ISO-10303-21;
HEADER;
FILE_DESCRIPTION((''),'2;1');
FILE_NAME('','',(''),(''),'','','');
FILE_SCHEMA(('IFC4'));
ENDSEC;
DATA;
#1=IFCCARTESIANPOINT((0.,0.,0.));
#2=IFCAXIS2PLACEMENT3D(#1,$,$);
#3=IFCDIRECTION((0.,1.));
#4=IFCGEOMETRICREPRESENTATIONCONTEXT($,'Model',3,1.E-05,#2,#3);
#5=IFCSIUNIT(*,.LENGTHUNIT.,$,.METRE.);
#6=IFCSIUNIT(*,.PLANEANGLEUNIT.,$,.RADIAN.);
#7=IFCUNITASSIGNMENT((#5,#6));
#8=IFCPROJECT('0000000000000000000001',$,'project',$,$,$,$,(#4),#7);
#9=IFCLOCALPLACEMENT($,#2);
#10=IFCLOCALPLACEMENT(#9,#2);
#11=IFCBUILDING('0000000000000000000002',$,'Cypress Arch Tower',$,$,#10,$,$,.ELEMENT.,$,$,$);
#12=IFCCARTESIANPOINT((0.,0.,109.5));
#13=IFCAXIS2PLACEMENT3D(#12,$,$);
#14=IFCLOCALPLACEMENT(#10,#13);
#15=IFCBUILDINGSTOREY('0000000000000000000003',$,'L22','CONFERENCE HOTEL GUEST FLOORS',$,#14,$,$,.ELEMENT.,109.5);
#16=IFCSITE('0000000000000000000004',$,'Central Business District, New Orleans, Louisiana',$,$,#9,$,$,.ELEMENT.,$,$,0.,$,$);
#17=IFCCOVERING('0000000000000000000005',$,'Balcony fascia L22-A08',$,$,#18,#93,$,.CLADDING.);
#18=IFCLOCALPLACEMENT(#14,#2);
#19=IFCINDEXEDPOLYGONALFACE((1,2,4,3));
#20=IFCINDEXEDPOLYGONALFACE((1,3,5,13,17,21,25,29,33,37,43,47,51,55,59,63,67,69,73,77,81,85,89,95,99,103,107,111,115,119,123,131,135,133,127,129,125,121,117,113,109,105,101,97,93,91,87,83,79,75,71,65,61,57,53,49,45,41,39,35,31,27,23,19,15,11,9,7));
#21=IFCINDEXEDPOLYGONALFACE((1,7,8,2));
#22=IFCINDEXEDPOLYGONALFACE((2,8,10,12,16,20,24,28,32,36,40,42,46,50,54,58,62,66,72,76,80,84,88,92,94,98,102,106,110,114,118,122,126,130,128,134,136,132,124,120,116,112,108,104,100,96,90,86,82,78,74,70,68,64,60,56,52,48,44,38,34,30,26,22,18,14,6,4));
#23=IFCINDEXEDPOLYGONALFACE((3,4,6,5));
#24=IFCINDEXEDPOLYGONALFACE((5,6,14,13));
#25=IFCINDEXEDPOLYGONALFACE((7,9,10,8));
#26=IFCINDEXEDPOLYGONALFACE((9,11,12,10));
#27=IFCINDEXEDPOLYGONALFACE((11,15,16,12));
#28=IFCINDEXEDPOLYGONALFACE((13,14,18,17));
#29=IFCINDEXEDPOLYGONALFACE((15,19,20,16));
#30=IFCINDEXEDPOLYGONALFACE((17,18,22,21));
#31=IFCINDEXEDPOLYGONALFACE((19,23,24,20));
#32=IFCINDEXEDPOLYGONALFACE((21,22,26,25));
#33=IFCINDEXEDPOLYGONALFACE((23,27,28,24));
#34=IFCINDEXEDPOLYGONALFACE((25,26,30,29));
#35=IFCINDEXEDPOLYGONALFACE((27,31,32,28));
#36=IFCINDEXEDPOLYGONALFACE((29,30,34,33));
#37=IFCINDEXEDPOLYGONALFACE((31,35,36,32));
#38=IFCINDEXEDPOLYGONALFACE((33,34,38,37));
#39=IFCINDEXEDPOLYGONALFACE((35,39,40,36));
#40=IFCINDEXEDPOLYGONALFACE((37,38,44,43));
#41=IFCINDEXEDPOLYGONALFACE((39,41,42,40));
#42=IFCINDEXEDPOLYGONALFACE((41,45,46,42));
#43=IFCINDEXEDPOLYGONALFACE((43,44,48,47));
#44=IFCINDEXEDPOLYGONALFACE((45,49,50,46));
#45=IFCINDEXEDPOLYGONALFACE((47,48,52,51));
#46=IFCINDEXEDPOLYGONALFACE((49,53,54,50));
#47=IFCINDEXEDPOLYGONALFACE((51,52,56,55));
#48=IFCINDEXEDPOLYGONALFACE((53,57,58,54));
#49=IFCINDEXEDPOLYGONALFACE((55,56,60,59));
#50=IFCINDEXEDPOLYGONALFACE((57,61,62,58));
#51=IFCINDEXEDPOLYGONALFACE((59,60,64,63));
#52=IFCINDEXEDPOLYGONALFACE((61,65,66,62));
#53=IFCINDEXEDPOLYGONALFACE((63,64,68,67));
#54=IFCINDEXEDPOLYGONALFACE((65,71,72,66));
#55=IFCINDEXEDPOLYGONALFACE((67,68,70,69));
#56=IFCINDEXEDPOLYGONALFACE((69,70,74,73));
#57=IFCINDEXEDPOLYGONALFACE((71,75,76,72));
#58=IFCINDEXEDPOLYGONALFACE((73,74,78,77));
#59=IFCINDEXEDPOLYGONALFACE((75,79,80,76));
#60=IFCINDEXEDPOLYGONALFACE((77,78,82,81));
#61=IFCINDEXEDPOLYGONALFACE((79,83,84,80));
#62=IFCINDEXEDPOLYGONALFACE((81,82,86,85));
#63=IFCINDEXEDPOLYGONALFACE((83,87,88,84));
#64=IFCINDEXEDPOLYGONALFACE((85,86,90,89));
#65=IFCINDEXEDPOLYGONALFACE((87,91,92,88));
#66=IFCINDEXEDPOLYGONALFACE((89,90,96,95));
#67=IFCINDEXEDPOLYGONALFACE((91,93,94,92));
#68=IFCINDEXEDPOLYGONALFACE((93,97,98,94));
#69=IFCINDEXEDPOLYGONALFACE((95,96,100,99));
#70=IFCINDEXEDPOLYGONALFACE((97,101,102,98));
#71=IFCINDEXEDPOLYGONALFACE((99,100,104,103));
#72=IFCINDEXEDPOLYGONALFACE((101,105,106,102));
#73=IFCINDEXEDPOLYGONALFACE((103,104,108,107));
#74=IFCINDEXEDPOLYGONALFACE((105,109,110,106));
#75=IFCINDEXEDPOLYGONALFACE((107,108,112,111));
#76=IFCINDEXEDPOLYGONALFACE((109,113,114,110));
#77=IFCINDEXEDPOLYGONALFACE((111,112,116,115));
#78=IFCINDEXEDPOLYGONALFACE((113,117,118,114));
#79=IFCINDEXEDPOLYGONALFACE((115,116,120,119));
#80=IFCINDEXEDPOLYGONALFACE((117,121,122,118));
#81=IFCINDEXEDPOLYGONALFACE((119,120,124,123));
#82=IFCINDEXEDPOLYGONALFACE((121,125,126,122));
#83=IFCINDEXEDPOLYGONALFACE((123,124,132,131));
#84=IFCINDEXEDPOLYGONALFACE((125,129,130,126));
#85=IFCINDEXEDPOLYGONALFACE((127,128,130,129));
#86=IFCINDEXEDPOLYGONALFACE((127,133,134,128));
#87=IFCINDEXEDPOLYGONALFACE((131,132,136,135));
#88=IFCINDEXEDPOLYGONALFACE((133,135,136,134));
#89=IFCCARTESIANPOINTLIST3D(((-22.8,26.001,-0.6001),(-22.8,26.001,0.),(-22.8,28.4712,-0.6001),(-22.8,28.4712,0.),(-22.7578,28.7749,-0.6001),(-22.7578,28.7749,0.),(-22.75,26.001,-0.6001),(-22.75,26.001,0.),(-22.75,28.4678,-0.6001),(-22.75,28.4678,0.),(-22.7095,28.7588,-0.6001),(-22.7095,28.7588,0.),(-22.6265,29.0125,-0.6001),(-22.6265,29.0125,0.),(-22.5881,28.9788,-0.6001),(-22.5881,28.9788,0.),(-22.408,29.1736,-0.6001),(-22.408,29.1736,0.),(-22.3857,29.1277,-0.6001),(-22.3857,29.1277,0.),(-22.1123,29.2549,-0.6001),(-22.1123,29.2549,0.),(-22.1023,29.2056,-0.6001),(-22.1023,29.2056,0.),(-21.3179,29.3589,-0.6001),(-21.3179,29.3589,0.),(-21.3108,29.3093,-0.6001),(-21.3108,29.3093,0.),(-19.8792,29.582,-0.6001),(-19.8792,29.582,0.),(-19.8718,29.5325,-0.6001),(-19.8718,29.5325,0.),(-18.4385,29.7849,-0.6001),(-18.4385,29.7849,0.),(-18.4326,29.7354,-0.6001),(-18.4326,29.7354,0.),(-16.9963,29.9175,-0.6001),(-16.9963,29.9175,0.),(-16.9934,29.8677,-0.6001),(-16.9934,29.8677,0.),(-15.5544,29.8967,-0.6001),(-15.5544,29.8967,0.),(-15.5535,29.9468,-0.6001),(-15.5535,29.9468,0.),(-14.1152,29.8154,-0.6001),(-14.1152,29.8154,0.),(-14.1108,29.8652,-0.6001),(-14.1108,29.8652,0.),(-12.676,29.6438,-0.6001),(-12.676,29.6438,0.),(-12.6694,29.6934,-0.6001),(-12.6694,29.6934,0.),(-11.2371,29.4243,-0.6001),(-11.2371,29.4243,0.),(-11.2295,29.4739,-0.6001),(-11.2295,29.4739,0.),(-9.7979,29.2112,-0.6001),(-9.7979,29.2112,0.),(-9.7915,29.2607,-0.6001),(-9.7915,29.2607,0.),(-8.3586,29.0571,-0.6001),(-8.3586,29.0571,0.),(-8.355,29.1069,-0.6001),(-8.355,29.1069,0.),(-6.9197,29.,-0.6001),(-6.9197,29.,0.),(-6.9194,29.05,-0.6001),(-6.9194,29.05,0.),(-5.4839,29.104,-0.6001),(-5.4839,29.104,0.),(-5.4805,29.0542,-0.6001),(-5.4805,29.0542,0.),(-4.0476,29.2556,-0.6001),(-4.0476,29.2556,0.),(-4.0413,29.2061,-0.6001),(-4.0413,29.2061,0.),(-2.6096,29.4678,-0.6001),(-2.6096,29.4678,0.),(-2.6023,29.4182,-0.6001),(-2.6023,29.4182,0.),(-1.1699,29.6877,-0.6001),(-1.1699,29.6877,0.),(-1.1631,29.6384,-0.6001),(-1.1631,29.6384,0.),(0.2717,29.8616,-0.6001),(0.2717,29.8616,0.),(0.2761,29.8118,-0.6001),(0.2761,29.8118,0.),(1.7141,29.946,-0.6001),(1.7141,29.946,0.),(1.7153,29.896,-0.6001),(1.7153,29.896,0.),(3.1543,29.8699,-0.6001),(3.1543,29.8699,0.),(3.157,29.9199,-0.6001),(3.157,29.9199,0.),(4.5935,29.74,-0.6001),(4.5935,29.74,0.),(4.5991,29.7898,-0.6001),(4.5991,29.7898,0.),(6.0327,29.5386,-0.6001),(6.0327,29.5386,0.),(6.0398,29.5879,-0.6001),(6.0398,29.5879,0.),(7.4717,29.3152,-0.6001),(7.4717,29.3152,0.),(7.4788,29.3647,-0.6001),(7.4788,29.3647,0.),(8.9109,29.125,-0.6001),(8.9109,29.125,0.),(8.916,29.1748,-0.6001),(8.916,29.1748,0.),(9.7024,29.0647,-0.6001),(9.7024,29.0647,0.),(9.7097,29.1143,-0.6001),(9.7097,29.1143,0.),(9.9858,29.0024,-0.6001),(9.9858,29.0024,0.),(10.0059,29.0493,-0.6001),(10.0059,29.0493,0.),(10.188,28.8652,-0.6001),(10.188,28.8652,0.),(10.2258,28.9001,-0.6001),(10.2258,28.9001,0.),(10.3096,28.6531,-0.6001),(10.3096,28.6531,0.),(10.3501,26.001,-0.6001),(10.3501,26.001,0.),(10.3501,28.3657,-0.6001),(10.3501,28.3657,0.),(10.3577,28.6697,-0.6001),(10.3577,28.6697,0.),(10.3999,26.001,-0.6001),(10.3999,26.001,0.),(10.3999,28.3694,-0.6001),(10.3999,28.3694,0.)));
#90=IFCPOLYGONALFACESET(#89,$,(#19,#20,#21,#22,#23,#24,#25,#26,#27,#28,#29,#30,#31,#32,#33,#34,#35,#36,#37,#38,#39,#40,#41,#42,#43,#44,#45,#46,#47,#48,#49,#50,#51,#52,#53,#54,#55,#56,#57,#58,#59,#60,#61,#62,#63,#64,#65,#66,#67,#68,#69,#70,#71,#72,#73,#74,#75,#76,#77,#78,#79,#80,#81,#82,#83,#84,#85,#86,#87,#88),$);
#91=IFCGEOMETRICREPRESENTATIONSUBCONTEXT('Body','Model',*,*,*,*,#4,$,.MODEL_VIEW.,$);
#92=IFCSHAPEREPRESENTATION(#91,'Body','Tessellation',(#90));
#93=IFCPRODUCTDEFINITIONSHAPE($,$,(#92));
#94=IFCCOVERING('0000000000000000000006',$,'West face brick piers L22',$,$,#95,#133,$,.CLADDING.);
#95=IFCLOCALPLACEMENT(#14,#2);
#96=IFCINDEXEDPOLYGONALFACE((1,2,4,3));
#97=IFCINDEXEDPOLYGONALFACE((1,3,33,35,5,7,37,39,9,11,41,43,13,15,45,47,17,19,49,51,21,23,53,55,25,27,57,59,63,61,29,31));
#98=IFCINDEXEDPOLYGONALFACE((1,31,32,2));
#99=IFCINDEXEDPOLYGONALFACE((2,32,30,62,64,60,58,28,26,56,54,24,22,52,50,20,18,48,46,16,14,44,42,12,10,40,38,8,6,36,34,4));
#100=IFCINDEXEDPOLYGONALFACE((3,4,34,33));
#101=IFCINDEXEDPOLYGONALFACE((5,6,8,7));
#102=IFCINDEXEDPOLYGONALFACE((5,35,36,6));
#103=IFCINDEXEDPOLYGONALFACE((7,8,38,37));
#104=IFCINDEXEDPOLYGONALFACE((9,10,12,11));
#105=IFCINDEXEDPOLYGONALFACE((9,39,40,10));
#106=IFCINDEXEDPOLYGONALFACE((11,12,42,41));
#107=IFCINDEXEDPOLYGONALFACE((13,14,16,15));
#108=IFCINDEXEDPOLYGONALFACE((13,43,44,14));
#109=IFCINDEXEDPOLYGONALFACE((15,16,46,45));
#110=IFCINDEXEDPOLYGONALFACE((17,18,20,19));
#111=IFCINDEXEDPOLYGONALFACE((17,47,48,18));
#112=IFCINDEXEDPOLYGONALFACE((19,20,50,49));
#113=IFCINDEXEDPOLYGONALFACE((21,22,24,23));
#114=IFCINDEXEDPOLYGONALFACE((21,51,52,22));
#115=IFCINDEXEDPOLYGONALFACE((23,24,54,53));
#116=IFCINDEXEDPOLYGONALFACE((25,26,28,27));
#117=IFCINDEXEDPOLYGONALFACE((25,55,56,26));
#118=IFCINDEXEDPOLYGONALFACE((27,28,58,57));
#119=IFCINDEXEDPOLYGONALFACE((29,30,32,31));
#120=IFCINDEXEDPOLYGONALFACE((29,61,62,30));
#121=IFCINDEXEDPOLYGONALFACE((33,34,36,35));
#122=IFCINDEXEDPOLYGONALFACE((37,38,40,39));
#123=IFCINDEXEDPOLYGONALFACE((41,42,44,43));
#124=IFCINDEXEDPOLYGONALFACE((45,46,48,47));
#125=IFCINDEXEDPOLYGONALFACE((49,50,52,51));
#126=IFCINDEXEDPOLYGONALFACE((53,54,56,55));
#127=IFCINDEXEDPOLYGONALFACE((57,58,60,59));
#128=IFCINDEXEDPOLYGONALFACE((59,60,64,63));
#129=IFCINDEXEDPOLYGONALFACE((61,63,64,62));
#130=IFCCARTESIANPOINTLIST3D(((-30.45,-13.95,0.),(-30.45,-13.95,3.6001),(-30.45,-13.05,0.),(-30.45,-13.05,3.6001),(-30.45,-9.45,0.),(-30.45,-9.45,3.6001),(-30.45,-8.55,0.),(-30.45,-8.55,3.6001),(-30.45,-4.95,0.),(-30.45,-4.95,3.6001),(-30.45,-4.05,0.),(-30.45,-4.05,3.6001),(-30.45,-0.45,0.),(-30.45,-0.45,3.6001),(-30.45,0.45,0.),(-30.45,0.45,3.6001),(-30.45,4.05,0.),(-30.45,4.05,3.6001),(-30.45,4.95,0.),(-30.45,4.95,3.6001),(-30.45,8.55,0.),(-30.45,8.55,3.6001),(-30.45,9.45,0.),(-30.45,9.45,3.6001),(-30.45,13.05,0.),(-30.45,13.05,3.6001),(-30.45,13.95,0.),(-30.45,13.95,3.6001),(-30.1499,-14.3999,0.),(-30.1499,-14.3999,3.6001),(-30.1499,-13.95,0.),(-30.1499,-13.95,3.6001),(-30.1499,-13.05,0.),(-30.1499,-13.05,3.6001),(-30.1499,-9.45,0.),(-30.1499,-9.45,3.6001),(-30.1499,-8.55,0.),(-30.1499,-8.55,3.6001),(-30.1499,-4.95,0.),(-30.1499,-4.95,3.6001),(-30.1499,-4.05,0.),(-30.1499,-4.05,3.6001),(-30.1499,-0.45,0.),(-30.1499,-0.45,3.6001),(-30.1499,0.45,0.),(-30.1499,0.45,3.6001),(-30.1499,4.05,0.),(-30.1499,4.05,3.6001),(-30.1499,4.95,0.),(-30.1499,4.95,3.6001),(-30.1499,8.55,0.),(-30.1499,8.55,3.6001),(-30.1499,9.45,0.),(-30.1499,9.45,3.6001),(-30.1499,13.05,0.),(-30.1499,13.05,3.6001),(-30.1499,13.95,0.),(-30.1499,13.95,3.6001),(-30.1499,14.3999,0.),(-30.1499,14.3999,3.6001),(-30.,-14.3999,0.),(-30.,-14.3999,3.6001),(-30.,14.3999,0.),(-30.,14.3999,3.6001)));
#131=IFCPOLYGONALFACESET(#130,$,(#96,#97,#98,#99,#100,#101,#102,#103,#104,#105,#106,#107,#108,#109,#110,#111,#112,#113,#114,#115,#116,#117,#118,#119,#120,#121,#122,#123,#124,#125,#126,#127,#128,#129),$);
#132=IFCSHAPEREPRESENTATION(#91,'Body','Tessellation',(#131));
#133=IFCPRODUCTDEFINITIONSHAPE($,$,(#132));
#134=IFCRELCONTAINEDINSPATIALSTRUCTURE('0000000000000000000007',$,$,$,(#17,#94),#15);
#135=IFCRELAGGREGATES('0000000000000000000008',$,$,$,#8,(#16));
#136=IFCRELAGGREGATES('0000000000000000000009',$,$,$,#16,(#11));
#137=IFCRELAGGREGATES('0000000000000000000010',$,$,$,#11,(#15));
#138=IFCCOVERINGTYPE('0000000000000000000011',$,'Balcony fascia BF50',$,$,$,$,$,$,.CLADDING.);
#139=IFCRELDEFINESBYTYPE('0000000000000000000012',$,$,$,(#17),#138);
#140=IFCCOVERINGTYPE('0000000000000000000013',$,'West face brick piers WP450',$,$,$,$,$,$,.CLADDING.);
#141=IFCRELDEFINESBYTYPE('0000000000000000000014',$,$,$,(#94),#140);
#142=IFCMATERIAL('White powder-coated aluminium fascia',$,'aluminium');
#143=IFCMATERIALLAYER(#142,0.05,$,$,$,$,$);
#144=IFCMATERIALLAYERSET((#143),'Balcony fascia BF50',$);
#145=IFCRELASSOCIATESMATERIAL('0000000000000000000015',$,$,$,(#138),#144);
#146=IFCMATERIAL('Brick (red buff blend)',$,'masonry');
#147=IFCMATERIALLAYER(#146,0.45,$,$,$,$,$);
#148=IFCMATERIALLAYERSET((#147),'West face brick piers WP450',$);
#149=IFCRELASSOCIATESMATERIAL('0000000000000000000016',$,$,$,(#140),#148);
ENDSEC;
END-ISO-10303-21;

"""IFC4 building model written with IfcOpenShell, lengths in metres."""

from ifc_helpers import new_model, si_unit, direction, frame, origin, place, context, subcontext, project, spatial, polyline, outline, extrude, material, layer, layer_set, type_object, element, save


model = new_model("IFC4")

# Units and contexts
model_context = context("Model", 3, precision=1e-05, world=origin(), true_north=direction((0.0, 1.0)))
body_context = subcontext(model_context, "Body", "Model", "MODEL_VIEW")
ifc_project = project(units=[si_unit("LENGTHUNIT", "METRE"), si_unit("PLANEANGLEUNIT", "RADIAN")], contexts=[model_context])

# Site, building, storey
site_placement = place(None, origin())
site = spatial("IfcSite", under=ifc_project, at=site_placement, Name="Central Business District, New Orleans, Louisiana", CompositionType="ELEMENT", RefElevation=0.0)
building_placement = place(site_placement, origin())
building = spatial("IfcBuilding", under=site, at=building_placement, Name="Cypress Arch Tower", CompositionType="ELEMENT")
storey_placement = place(building_placement, frame((0.0, 0.0, 109.5)))
storey = spatial("IfcBuildingStorey", under=building, at=storey_placement, Name="L22", Description="CONFERENCE HOTEL GUEST FLOORS", CompositionType="ELEMENT", Elevation=109.5)

# Coverings
ifc_material_1 = material(Name="White powder-coated aluminium fascia", Category="aluminium")
ifc_layer_1 = layer(ifc_material_1, 0.05)
ifc_layer_set_1 = layer_set([ifc_layer_1], Name="Balcony fascia BF50")
covering_type_1 = type_object("IfcCoveringType", Name="Balcony fascia BF50", PredefinedType="CLADDING", material=ifc_layer_set_1)
covering_1_placement = place(storey_placement, frame((0.0, 0.0, -0.6001)))
element("IfcCovering", 1, at=covering_1_placement, inside=storey, type_object=covering_type_1, Name="Balcony fascia L22-A08", PredefinedType="CLADDING", context=body_context, shape_type="SweptSolid", body=[
    extrude(outline(polyline([(-22.8, 28.4712), (-22.7578, 28.7749), (-22.6265, 29.0125), (-22.408, 29.1736), (-22.1123, 29.2549), (-21.3179, 29.3589), (-19.8792, 29.582), (-18.4385, 29.7849), (-16.9963, 29.9175), (-15.5535, 29.9468), (-14.1108, 29.8652), (-12.6694, 29.6934), (-11.2295, 29.4739), (-9.7915, 29.2607), (-8.355, 29.1069), (-6.9194, 29.05), (-5.4839, 29.104), (-4.0476, 29.2556), (-2.6096, 29.4678), (-1.1699, 29.6877), (0.2717, 29.8616), (1.7141, 29.946), (3.157, 29.9199), (4.5991, 29.7898), (6.0398, 29.5879), (7.4788, 29.3647), (8.916, 29.1748), (9.7097, 29.1143), (10.0059, 29.0493), (10.2258, 28.9001), (10.3577, 28.6697), (10.3999, 28.3694), (10.3999, 26.001), (10.3501, 26.001), (10.3501, 28.3657), (10.3096, 28.6531), (10.188, 28.8652), (9.9858, 29.0024), (9.7024, 29.0647), (8.9109, 29.125), (7.4717, 29.3152), (6.0327, 29.5386), (4.5935, 29.74), (3.1543, 29.8699), (1.7153, 29.896), (0.2761, 29.8118), (-1.1631, 29.6384), (-2.6023, 29.4182), (-4.0413, 29.2061), (-5.4805, 29.0542), (-6.9197, 29.0), (-8.3586, 29.0571), (-9.7979, 29.2112), (-11.2371, 29.4243), (-12.676, 29.6438), (-14.1152, 29.8154), (-15.5544, 29.8967), (-16.9934, 29.8677), (-18.4326, 29.7354), (-19.8718, 29.5325), (-21.3108, 29.3093), (-22.1023, 29.2056), (-22.3857, 29.1277), (-22.5881, 28.9788), (-22.7095, 28.7588), (-22.75, 28.4678), (-22.75, 26.001), (-22.8, 26.001), (-22.8, 28.4712)])), origin(), (0.0, 0.0, 1.0), 0.6001),
])
ifc_material_2 = material(Name="Brick (red buff blend)", Category="masonry")
ifc_layer_2 = layer(ifc_material_2, 0.45)
ifc_layer_set_2 = layer_set([ifc_layer_2], Name="West face brick piers WP450")
covering_type_2 = type_object("IfcCoveringType", Name="West face brick piers WP450", PredefinedType="CLADDING", material=ifc_layer_set_2)
covering_2_placement = place(storey_placement, origin())
element("IfcCovering", 2, at=covering_2_placement, inside=storey, type_object=covering_type_2, Name="West face brick piers L22", PredefinedType="CLADDING", context=body_context, shape_type="SweptSolid", body=[
    extrude(outline(polyline([(-30.1499, -13.05), (-30.1499, -9.45), (-30.45, -9.45), (-30.45, -8.55), (-30.1499, -8.55), (-30.1499, -4.95), (-30.45, -4.95), (-30.45, -4.05), (-30.1499, -4.05), (-30.1499, -0.45), (-30.45, -0.45), (-30.45, 0.45), (-30.1499, 0.45), (-30.1499, 4.05), (-30.45, 4.05), (-30.45, 4.95), (-30.1499, 4.95), (-30.1499, 8.55), (-30.45, 8.55), (-30.45, 9.45), (-30.1499, 9.45), (-30.1499, 13.05), (-30.45, 13.05), (-30.45, 13.95), (-30.1499, 13.95), (-30.1499, 14.3999), (-30.0, 14.3999), (-30.0, -14.3999), (-30.1499, -14.3999), (-30.1499, -13.95), (-30.45, -13.95), (-30.45, -13.05), (-30.1499, -13.05)])), origin(), (0.0, 0.0, 1.0), 3.6001),
])

save(model, "model.ifc")
